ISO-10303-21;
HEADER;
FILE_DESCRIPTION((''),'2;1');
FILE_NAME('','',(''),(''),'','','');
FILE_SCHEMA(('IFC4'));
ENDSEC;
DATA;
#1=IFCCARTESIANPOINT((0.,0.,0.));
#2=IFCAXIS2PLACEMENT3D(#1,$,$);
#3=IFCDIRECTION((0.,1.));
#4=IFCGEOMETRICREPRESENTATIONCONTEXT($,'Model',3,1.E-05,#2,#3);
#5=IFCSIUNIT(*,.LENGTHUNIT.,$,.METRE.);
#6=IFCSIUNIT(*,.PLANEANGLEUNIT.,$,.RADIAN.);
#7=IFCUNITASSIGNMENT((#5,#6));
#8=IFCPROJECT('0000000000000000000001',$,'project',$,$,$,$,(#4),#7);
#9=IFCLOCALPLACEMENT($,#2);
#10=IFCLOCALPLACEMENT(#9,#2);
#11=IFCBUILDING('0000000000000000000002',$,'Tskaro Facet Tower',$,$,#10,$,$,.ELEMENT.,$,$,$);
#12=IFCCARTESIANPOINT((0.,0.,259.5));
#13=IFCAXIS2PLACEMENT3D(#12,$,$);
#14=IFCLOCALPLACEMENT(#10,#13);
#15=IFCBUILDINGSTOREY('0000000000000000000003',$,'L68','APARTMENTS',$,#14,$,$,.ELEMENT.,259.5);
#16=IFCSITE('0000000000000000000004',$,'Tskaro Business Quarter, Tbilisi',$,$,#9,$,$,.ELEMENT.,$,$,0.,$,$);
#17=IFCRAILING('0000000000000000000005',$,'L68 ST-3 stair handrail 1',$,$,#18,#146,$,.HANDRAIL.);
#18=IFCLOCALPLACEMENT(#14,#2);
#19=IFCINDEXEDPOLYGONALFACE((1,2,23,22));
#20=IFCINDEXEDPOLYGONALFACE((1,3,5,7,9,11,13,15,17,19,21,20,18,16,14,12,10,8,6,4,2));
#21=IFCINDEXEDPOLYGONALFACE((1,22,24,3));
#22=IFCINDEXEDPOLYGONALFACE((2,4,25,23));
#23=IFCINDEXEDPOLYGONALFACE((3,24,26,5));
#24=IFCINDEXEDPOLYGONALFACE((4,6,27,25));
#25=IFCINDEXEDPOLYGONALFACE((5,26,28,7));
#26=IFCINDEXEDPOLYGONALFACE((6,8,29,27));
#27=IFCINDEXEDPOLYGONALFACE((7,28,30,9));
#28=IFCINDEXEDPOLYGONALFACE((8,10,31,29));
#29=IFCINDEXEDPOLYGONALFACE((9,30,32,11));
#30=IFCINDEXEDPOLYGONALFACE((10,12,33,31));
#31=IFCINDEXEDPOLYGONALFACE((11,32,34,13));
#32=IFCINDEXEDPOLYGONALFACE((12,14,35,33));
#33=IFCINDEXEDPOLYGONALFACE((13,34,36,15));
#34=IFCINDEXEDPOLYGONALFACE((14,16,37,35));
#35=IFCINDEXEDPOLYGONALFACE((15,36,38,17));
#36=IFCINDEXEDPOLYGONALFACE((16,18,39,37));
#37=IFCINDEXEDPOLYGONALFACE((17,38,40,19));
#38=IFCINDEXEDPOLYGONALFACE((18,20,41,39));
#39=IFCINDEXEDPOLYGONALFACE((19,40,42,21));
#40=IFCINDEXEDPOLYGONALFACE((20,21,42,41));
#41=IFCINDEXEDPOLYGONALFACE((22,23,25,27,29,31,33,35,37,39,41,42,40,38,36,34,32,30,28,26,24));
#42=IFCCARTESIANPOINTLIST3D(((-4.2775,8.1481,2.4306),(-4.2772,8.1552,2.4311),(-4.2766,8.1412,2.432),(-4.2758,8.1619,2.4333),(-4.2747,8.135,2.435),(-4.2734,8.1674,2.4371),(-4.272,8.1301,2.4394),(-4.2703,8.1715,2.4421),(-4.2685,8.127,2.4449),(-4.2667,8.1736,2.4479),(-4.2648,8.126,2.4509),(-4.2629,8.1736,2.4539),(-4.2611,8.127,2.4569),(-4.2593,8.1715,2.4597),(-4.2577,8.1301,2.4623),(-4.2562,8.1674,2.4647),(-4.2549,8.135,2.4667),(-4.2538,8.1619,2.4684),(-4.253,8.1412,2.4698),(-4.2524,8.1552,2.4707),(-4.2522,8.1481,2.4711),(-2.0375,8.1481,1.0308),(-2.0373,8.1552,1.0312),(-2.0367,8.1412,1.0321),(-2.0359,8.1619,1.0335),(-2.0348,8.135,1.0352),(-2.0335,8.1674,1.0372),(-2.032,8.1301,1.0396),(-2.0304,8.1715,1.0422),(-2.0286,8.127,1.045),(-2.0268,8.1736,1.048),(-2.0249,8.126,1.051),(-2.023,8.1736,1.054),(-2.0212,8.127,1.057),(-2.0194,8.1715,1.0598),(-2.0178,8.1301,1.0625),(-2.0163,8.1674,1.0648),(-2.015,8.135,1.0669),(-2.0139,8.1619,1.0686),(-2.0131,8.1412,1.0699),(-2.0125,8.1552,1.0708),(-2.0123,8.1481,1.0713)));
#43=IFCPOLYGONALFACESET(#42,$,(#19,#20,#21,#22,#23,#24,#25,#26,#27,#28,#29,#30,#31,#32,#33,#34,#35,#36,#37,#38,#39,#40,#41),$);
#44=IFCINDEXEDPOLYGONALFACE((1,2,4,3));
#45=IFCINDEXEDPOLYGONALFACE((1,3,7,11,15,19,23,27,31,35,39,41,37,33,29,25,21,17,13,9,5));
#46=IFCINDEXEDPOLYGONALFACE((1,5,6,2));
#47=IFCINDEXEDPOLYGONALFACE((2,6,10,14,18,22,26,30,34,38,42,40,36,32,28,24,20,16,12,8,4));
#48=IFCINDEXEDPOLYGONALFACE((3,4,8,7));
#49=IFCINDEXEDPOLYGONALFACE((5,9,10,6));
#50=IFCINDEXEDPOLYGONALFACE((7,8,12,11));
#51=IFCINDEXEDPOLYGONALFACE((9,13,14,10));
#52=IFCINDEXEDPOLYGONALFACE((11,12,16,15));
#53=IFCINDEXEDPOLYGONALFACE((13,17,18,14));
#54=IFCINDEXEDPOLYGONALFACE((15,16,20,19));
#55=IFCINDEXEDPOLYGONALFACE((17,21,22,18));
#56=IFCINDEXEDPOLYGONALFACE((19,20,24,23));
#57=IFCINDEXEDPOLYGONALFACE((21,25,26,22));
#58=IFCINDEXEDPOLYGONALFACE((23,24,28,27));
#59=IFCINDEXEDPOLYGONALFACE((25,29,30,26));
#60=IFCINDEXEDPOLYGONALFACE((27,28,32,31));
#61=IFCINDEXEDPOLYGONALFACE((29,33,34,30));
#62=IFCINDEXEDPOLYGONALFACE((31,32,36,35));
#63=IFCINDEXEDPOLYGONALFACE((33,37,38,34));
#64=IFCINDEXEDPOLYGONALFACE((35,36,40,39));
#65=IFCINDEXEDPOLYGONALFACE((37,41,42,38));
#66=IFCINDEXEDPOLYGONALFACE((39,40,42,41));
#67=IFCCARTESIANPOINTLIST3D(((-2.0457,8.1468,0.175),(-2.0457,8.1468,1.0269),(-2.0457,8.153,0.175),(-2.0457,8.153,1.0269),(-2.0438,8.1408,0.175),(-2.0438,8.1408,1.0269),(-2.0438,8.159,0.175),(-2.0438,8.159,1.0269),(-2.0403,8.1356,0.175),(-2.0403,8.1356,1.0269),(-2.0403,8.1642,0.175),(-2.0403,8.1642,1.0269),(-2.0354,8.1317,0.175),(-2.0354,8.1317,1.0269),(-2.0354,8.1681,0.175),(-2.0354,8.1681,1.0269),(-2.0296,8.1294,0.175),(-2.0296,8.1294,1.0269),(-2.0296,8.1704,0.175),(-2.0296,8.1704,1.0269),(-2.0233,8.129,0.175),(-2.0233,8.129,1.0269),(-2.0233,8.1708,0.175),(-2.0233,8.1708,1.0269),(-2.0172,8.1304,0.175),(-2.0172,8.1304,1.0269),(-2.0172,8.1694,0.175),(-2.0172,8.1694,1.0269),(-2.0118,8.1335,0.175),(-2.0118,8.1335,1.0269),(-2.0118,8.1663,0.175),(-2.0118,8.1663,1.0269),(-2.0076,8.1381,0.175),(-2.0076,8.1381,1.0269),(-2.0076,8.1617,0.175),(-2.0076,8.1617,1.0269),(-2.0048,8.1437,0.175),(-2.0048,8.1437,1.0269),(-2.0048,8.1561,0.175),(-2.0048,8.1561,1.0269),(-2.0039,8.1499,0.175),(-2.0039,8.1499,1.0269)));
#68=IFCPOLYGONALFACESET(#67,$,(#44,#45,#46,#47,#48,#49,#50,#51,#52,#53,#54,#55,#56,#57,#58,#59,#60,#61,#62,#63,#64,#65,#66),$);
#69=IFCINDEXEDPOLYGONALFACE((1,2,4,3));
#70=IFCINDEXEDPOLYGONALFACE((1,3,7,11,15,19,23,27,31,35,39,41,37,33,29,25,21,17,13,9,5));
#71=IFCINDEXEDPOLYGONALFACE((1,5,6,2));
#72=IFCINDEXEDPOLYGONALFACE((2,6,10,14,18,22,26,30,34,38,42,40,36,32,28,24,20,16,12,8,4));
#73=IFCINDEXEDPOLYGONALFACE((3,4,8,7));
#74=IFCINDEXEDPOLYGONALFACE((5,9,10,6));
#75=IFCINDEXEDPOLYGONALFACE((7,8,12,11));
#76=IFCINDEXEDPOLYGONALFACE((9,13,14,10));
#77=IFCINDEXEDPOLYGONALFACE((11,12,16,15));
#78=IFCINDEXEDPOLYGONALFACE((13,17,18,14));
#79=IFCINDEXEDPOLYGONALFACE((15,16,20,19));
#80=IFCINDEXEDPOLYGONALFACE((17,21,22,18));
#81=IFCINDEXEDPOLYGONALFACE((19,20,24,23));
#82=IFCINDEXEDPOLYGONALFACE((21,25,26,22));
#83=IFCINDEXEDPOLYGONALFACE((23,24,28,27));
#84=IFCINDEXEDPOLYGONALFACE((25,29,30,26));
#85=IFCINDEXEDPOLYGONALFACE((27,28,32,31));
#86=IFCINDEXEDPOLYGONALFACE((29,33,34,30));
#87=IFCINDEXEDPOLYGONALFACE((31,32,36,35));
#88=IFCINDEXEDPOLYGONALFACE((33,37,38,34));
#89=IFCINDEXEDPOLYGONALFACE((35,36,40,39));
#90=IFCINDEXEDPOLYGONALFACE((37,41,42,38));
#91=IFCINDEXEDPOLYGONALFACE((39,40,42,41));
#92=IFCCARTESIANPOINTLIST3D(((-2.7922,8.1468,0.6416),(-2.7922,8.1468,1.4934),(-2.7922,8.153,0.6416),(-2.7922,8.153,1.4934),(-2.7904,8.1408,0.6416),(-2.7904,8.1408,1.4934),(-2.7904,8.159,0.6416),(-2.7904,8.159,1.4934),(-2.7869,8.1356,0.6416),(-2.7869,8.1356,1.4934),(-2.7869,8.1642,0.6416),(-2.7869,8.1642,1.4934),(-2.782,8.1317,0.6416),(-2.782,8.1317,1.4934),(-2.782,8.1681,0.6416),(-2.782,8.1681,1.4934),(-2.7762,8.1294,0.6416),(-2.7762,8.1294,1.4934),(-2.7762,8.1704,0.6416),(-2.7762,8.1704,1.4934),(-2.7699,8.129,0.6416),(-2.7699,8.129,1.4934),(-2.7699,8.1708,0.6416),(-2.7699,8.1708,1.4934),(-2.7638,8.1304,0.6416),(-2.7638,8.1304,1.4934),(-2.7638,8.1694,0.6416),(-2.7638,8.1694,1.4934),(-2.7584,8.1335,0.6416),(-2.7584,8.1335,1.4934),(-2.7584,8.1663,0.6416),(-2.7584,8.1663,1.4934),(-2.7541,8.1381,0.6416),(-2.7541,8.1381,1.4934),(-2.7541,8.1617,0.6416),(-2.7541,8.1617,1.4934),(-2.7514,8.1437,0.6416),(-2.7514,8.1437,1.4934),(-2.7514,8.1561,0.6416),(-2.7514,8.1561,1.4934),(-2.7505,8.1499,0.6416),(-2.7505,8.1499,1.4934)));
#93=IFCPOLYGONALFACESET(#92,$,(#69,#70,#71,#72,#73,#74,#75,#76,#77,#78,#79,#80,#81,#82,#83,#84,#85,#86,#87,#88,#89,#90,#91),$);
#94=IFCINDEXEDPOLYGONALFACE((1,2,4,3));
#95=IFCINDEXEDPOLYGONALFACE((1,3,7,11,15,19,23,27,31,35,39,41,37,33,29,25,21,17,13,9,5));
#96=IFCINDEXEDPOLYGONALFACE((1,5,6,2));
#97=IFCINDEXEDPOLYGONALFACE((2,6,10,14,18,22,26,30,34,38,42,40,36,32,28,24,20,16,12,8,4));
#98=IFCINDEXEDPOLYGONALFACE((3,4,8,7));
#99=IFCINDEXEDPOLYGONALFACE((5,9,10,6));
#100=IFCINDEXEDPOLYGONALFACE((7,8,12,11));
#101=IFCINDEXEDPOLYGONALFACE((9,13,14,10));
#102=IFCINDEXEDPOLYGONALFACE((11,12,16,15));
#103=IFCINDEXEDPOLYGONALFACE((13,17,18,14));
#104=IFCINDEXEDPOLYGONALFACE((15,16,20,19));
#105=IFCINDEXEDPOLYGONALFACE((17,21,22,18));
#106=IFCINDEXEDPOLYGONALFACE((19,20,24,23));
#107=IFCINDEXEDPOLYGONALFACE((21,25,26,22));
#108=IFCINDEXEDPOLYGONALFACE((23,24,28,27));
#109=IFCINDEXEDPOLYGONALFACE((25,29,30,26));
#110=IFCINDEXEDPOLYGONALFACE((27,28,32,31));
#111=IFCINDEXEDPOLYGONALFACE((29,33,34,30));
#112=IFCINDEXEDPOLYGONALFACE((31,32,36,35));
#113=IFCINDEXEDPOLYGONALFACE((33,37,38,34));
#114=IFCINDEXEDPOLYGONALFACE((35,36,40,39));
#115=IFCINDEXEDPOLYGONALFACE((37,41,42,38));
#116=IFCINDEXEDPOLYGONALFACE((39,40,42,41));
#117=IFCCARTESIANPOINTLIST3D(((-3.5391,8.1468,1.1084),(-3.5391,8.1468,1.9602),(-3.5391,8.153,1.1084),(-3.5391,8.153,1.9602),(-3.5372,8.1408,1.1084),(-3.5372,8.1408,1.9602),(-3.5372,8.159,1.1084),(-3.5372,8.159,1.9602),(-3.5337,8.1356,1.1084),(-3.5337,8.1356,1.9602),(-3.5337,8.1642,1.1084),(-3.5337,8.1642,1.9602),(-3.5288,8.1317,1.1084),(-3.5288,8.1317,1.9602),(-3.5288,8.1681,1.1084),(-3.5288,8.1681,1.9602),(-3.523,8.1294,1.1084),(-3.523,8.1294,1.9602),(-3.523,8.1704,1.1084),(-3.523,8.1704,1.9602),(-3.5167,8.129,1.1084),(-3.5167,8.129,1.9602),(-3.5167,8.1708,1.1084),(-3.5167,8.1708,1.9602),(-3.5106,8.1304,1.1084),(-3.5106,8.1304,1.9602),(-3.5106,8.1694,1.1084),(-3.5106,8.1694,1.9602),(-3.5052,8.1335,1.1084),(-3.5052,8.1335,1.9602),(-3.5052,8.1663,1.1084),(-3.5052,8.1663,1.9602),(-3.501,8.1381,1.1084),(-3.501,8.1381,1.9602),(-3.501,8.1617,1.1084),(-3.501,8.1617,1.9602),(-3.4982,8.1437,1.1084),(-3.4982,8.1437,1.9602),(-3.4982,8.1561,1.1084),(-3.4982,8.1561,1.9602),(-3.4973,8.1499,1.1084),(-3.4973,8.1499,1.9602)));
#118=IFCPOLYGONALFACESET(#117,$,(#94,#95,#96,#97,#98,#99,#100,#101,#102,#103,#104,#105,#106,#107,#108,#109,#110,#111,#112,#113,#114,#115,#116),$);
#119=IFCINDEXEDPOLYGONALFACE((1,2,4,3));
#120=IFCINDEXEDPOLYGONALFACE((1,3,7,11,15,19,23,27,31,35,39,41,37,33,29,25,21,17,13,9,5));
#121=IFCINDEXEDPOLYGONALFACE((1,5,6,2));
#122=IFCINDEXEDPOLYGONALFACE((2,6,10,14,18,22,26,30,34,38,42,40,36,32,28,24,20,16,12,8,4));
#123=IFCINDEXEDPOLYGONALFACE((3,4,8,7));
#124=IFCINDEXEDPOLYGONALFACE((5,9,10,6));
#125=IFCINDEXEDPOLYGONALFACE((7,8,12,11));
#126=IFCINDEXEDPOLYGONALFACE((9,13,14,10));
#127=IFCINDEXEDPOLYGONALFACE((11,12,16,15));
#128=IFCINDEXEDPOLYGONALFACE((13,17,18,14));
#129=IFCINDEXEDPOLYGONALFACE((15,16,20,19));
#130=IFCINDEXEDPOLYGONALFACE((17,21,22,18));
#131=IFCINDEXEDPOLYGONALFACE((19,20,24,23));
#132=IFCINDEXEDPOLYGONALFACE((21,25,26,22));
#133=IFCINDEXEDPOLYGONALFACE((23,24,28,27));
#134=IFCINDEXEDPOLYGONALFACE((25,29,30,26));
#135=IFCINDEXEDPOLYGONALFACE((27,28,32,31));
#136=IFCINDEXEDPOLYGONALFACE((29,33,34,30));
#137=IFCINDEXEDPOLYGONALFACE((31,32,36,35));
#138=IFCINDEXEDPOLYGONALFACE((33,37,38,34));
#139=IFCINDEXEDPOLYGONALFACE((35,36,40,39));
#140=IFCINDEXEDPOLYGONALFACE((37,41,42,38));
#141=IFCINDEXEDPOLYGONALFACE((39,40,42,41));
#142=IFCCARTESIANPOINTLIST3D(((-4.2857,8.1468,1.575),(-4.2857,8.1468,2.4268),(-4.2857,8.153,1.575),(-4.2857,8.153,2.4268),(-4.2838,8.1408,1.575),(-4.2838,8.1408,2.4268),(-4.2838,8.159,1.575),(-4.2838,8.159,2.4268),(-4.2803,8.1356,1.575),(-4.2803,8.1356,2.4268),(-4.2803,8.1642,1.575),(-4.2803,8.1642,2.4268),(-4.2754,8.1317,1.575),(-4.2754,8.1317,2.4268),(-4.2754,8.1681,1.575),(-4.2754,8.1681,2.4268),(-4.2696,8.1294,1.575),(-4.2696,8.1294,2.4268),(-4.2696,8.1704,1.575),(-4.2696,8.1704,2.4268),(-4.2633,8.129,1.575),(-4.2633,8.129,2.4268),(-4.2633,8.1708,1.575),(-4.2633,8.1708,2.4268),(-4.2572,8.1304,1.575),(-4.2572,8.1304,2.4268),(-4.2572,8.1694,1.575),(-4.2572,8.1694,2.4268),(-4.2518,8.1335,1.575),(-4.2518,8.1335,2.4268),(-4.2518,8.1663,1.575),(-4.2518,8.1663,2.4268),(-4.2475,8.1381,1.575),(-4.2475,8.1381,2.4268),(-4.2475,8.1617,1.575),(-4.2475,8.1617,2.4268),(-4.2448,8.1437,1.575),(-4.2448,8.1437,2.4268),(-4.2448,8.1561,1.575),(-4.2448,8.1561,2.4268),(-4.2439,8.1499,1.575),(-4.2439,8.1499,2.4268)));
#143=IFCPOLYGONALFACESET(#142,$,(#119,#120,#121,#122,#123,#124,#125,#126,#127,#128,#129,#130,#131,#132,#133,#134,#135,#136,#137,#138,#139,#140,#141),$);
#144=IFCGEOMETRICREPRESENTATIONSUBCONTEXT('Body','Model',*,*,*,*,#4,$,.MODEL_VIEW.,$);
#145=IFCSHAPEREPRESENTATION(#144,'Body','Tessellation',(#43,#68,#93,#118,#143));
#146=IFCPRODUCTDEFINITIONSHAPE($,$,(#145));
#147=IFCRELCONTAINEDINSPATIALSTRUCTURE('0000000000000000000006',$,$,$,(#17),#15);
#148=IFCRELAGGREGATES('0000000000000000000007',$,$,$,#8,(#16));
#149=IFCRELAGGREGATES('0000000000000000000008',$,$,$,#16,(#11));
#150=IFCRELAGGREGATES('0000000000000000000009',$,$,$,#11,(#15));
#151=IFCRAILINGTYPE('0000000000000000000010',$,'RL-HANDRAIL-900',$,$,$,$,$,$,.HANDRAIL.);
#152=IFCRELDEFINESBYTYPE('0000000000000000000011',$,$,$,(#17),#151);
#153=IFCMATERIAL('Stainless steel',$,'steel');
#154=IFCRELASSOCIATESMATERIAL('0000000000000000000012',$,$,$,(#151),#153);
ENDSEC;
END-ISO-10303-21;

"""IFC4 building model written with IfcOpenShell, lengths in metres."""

from ifc_helpers import new_model, si_unit, direction, frame, origin, origin_2d, place, context, subcontext, project, spatial, circle, extrude, material, type_object, element, save


model = new_model("IFC4")

# Units and contexts
model_context = context("Model", 3, precision=1e-05, world=origin(), true_north=direction((0.0, 1.0)))
body_context = subcontext(model_context, "Body", "Model", "MODEL_VIEW")
ifc_project = project(units=[si_unit("LENGTHUNIT", "METRE"), si_unit("PLANEANGLEUNIT", "RADIAN")], contexts=[model_context])

# Site, building, storey
site_placement = place(None, origin())
site = spatial("IfcSite", under=ifc_project, at=site_placement, Name="Tskaro Business Quarter, Tbilisi", CompositionType="ELEMENT", RefElevation=0.0)
building_placement = place(site_placement, origin())
building = spatial("IfcBuilding", under=site, at=building_placement, Name="Tskaro Facet Tower", CompositionType="ELEMENT")
storey_placement = place(building_placement, frame((0.0, 0.0, 259.5)))
storey = spatial("IfcBuildingStorey", under=building, at=storey_placement, Name="L68", Description="APARTMENTS", CompositionType="ELEMENT", Elevation=259.5)

# Railing
ifc_material_1 = material(Name="Stainless steel", Category="steel")
railing_type_1 = type_object("IfcRailingType", Name="RL-HANDRAIL-900", PredefinedType="HANDRAIL", material=ifc_material_1)
railing_1_placement = place(storey_placement, frame((-2.0249, 8.1499, 0.175)))
element("IfcRailing", 1, at=railing_1_placement, inside=storey, type_object=railing_type_1, Name="L68 ST-3 stair handrail 1", PredefinedType="HANDRAIL", context=body_context, shape_type="SweptSolid", body=[
    extrude(circle(Radius=0.0239, at=origin_2d()), frame((0.0, 0.0, 0.876), z_axis=(-0.848014, 0.0, 0.529974), x_axis=(0.0, -1.0, 0.0)), (0.0, 0.0, 1.0), 2.6414),
    extrude(circle(Radius=0.021, at=origin_2d()), origin(), (0.0, 0.0, 1.0), 0.8518),
    extrude(circle(Radius=0.021, at=origin_2d()), frame((-0.7466, 0.0, 0.4666)), (0.0, 0.0, 1.0), 0.8518),
    extrude(circle(Radius=0.021, at=origin_2d()), frame((-1.4934, 0.0, 0.9333)), (0.0, 0.0, 1.0), 0.8518),
    extrude(circle(Radius=0.021, at=origin_2d()), frame((-2.24, 0.0, 1.3999)), (0.0, 0.0, 1.0), 0.8518),
])

save(model, "model.ifc")
